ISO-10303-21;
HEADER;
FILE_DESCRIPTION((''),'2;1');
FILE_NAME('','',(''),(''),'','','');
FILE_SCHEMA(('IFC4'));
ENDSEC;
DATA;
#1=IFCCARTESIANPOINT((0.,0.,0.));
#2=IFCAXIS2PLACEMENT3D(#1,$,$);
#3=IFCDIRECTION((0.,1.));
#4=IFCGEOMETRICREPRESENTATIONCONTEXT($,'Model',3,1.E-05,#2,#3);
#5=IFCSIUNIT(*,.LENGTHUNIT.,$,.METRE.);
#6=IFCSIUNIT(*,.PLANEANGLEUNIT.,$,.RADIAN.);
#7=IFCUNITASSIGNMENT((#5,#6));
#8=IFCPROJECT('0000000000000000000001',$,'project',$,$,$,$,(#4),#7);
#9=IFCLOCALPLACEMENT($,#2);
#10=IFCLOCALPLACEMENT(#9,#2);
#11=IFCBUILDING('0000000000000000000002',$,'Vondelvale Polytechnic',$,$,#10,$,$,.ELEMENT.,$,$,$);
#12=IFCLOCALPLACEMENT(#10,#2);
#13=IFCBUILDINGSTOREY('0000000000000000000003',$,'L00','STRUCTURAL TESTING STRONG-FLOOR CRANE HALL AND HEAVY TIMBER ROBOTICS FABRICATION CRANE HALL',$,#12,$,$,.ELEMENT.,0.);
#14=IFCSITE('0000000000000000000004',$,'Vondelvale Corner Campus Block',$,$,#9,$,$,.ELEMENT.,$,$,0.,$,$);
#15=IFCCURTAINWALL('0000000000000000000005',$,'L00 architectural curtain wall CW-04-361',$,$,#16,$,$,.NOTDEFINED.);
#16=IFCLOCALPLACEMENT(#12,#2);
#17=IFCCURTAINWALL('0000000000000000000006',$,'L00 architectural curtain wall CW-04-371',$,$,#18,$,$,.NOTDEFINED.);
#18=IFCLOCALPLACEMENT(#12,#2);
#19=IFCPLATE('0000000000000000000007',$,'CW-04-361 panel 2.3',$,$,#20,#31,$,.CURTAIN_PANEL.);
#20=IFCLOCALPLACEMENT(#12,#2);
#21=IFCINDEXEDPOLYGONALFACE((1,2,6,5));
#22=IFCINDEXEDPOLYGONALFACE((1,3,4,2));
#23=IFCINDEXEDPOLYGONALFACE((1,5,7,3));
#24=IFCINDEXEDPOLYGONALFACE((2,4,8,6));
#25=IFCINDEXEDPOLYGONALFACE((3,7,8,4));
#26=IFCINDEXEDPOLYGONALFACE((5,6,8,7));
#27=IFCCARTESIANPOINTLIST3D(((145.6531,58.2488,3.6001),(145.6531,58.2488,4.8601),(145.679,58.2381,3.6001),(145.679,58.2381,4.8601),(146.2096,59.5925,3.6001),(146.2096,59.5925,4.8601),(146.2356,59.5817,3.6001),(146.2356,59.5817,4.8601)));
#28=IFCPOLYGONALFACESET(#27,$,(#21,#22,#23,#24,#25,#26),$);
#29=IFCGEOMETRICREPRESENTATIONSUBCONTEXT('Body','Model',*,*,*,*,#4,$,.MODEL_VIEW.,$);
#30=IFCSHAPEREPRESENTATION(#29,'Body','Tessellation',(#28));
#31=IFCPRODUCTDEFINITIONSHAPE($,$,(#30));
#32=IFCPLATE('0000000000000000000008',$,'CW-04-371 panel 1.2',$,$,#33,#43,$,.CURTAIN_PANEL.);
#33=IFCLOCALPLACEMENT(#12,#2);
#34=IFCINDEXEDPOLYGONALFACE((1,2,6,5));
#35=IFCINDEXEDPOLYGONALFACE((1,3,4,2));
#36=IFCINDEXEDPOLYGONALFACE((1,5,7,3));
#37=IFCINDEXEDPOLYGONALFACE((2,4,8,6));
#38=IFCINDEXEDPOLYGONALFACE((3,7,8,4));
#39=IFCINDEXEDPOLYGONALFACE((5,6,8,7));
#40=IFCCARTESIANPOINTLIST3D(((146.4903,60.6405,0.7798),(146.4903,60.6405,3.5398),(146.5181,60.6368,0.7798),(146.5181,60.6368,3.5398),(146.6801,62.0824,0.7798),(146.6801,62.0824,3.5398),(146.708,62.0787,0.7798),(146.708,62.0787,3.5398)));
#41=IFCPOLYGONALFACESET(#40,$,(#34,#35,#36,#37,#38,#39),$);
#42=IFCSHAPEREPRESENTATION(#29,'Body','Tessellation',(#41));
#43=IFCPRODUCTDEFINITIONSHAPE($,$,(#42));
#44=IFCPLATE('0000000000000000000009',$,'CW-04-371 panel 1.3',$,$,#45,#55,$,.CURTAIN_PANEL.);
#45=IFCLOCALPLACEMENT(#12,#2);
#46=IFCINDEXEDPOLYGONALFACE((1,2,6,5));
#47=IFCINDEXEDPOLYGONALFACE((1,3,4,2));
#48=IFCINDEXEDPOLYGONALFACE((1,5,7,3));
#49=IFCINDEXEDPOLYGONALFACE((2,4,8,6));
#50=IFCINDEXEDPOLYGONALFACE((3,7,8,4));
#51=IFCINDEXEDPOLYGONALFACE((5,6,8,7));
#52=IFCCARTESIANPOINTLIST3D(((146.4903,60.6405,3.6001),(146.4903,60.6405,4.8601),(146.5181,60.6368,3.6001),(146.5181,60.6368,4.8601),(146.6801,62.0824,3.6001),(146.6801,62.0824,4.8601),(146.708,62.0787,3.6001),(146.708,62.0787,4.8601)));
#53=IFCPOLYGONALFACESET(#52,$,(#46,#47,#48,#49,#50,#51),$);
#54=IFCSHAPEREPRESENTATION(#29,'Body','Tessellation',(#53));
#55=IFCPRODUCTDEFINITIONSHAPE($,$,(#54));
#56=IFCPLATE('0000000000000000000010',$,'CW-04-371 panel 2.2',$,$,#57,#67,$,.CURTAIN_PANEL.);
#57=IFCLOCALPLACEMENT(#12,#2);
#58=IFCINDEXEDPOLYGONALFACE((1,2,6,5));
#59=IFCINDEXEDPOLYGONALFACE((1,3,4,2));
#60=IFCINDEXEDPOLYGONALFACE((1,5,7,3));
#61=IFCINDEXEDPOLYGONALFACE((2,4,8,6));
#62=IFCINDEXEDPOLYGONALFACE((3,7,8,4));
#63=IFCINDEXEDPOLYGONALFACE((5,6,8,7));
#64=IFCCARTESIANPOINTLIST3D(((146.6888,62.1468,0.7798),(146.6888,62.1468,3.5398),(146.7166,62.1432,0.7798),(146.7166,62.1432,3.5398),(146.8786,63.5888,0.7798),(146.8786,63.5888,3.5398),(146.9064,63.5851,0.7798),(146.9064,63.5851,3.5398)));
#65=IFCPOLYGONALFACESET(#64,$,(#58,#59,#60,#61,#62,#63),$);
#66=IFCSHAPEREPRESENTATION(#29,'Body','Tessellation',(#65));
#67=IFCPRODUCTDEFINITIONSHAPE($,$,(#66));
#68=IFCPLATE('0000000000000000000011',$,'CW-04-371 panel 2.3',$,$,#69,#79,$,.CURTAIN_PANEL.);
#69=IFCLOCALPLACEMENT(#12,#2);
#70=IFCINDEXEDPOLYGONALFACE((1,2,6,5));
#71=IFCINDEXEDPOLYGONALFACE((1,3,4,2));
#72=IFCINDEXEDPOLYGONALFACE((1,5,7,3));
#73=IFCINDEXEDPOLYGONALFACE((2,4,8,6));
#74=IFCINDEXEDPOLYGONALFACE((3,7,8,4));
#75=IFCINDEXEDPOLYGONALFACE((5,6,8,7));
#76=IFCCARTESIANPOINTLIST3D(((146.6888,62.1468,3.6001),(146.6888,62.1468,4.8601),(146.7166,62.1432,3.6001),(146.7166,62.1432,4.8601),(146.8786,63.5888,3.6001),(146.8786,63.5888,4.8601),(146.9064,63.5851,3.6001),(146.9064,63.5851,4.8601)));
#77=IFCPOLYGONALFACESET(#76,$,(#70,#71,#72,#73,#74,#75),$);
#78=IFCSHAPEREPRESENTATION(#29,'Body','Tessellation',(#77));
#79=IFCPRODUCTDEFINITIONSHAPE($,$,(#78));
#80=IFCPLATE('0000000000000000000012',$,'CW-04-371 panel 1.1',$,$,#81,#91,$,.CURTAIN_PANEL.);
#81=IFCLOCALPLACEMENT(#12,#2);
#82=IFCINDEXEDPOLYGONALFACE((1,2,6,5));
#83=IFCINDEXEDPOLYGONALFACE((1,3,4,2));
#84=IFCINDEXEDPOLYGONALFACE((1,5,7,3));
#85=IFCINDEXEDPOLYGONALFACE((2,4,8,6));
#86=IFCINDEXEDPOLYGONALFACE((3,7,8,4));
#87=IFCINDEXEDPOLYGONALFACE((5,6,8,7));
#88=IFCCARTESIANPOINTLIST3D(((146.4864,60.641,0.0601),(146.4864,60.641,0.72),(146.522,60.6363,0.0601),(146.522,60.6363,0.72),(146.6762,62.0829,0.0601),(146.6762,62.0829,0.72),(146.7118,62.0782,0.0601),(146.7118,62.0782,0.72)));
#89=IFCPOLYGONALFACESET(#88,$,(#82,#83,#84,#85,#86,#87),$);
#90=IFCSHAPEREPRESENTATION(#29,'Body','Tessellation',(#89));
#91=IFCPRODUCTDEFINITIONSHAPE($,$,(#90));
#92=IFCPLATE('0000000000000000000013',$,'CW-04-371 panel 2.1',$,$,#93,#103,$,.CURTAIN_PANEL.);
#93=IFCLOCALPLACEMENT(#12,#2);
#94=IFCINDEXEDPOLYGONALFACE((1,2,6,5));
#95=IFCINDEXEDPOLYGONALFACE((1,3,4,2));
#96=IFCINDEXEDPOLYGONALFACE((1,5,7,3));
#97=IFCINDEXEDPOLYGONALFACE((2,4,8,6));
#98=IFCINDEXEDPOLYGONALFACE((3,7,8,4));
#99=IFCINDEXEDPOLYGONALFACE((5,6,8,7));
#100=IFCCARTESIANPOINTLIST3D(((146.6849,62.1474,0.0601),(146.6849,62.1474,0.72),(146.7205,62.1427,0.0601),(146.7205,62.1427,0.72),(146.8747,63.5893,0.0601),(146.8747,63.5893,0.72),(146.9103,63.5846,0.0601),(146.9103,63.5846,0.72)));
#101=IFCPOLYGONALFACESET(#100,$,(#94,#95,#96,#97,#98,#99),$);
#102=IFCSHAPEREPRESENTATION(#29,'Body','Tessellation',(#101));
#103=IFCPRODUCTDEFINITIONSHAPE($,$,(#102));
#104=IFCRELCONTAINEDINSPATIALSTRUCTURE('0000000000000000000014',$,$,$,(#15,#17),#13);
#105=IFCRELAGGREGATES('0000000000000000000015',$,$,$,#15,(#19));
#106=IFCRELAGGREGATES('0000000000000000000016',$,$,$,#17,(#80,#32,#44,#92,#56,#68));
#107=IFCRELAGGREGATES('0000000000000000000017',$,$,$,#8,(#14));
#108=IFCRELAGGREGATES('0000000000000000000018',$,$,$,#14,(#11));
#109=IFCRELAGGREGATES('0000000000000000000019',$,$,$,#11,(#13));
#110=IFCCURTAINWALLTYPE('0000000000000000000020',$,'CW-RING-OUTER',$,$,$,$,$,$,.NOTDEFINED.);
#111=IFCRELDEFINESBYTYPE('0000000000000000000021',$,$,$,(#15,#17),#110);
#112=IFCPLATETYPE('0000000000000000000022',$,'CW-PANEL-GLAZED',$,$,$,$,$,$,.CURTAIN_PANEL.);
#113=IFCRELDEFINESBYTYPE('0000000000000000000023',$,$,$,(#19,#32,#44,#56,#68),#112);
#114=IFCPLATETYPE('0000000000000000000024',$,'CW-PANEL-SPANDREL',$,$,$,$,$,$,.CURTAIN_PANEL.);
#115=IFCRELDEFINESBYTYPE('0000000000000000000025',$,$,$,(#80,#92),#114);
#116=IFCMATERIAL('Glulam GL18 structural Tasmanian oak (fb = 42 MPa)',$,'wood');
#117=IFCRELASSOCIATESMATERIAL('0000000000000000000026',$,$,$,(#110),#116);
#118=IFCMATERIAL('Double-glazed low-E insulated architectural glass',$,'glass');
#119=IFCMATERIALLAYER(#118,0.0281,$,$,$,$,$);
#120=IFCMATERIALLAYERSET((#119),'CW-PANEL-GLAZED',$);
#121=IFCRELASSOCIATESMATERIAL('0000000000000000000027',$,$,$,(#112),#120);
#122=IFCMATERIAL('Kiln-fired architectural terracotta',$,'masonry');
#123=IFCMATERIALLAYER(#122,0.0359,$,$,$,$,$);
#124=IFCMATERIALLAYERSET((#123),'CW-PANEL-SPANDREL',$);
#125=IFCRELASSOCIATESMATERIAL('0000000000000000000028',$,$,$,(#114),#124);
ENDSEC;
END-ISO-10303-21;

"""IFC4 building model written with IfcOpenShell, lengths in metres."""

from ifc_helpers import new_model, si_unit, direction, frame, origin, origin_2d, place, context, subcontext, project, spatial, rectangle, extrude, material, layer, layer_set, type_object, element, aggregate, save


model = new_model("IFC4")

# Units and contexts
model_context = context("Model", 3, precision=1e-05, world=origin(), true_north=direction((0.0, 1.0)))
body_context = subcontext(model_context, "Body", "Model", "MODEL_VIEW")
ifc_project = project(units=[si_unit("LENGTHUNIT", "METRE"), si_unit("PLANEANGLEUNIT", "RADIAN")], contexts=[model_context])

# Site, building, storey
site_placement = place(None, origin())
site = spatial("IfcSite", under=ifc_project, at=site_placement, Name="Vondelvale Corner Campus Block", CompositionType="ELEMENT", RefElevation=0.0)
building_placement = place(site_placement, origin())
building = spatial("IfcBuilding", under=site, at=building_placement, Name="Vondelvale Polytechnic", CompositionType="ELEMENT")
storey_placement = place(building_placement, origin())
storey = spatial("IfcBuildingStorey", under=building, at=storey_placement, Name="L00", Description="STRUCTURAL TESTING STRONG-FLOOR CRANE HALL AND HEAVY TIMBER ROBOTICS FABRICATION CRANE HALL", CompositionType="ELEMENT", Elevation=0.0)

# Shared definitions
ifc_material_1 = material(Name="Glulam GL18 structural Tasmanian oak (fb = 42 MPa)", Category="wood")

# Curtain wall
curtain_wall_type = type_object("IfcCurtainWallType", Name="CW-RING-OUTER", PredefinedType="NOTDEFINED", material=ifc_material_1)
curtain_wall_1_placement = place(storey_placement, origin())
curtain_wall_1 = element("IfcCurtainWall", 1, at=curtain_wall_1_placement, inside=storey, type_object=curtain_wall_type, Name="L00 architectural curtain wall CW-04-361", PredefinedType="NOTDEFINED")

# Curtain wall
curtain_wall_2_placement = place(storey_placement, origin())
curtain_wall_2 = element("IfcCurtainWall", 2, at=curtain_wall_2_placement, inside=storey, type_object=curtain_wall_type, Name="L00 architectural curtain wall CW-04-371", PredefinedType="NOTDEFINED")

# Plates
ifc_material_2 = material(Name="Double-glazed low-E insulated architectural glass", Category="glass")
ifc_layer_1 = layer(ifc_material_2, 0.0281)
ifc_layer_set_1 = layer_set([ifc_layer_1], Name="CW-PANEL-GLAZED")
plate_type_1 = type_object("IfcPlateType", Name="CW-PANEL-GLAZED", PredefinedType="CURTAIN_PANEL", material=ifc_layer_set_1)
plate_1_placement = place(storey_placement, frame((145.9443, 58.9153, 3.6001), z_axis=(0.0, 0.0, 1.0), x_axis=(0.382679, 0.923881, 0.0)))
plate_1 = element("IfcPlate", 3, at=plate_1_placement, type_object=plate_type_1, Name="CW-04-361 panel 2.3", PredefinedType="CURTAIN_PANEL", context=body_context, shape_type="SweptSolid", body=[
    extrude(rectangle(XDim=1.4543, YDim=0.0281, at=origin_2d()), origin(), (0.0, 0.0, 1.0), 1.26),
])
aggregate(curtain_wall_1, [plate_1])
plate_2_placement = place(storey_placement, frame((146.5991, 61.3596, 0.7798), z_axis=(0.0, 0.0, 1.0), x_axis=(0.130524, 0.991445, 0.0)))
plate_2 = element("IfcPlate", 4, at=plate_2_placement, type_object=plate_type_1, Name="CW-04-371 panel 1.2", PredefinedType="CURTAIN_PANEL", context=body_context, shape_type="SweptSolid", body=[
    extrude(rectangle(XDim=1.4543, YDim=0.0281, at=origin_2d()), origin(), (0.0, 0.0, 1.0), 2.76),
])
plate_3_placement = place(storey_placement, frame((146.5991, 61.3596, 3.6001), z_axis=(0.0, 0.0, 1.0), x_axis=(0.130524, 0.991445, 0.0)))
plate_3 = element("IfcPlate", 5, at=plate_3_placement, type_object=plate_type_1, Name="CW-04-371 panel 1.3", PredefinedType="CURTAIN_PANEL", context=body_context, shape_type="SweptSolid", body=[
    extrude(rectangle(XDim=1.4543, YDim=0.0281, at=origin_2d()), origin(), (0.0, 0.0, 1.0), 1.26),
])
plate_4_placement = place(storey_placement, frame((146.7976, 62.866, 0.7798), z_axis=(0.0, 0.0, 1.0), x_axis=(0.130524, 0.991445, 0.0)))
plate_4 = element("IfcPlate", 6, at=plate_4_placement, type_object=plate_type_1, Name="CW-04-371 panel 2.2", PredefinedType="CURTAIN_PANEL", context=body_context, shape_type="SweptSolid", body=[
    extrude(rectangle(XDim=1.4543, YDim=0.0281, at=origin_2d()), origin(), (0.0, 0.0, 1.0), 2.76),
])
plate_5_placement = place(storey_placement, frame((146.7976, 62.866, 3.6001), z_axis=(0.0, 0.0, 1.0), x_axis=(0.130524, 0.991445, 0.0)))
plate_5 = element("IfcPlate", 7, at=plate_5_placement, type_object=plate_type_1, Name="CW-04-371 panel 2.3", PredefinedType="CURTAIN_PANEL", context=body_context, shape_type="SweptSolid", body=[
    extrude(rectangle(XDim=1.4543, YDim=0.0281, at=origin_2d()), origin(), (0.0, 0.0, 1.0), 1.26),
])
ifc_material_3 = material(Name="Kiln-fired architectural terracotta", Category="masonry")
ifc_layer_2 = layer(ifc_material_3, 0.0359)
ifc_layer_set_2 = layer_set([ifc_layer_2], Name="CW-PANEL-SPANDREL")
plate_type_2 = type_object("IfcPlateType", Name="CW-PANEL-SPANDREL", PredefinedType="CURTAIN_PANEL", material=ifc_layer_set_2)
plate_6_placement = place(storey_placement, frame((146.5991, 61.3596, 0.0601), z_axis=(0.0, 0.0, 1.0), x_axis=(0.130524, 0.991445, 0.0)))
plate_6 = element("IfcPlate", 8, at=plate_6_placement, type_object=plate_type_2, Name="CW-04-371 panel 1.1", PredefinedType="CURTAIN_PANEL", context=body_context, shape_type="SweptSolid", body=[
    extrude(rectangle(XDim=1.4543, YDim=0.0359, at=origin_2d()), origin(), (0.0, 0.0, 1.0), 0.6599),
])
plate_7_placement = place(storey_placement, frame((146.7976, 62.866, 0.0601), z_axis=(0.0, 0.0, 1.0), x_axis=(0.130524, 0.991445, 0.0)))
plate_7 = element("IfcPlate", 9, at=plate_7_placement, type_object=plate_type_2, Name="CW-04-371 panel 2.1", PredefinedType="CURTAIN_PANEL", context=body_context, shape_type="SweptSolid", body=[
    extrude(rectangle(XDim=1.4543, YDim=0.0359, at=origin_2d()), origin(), (0.0, 0.0, 1.0), 0.6599),
])
aggregate(curtain_wall_2, [plate_6, plate_2, plate_3, plate_7, plate_4, plate_5])

save(model, "model.ifc")
